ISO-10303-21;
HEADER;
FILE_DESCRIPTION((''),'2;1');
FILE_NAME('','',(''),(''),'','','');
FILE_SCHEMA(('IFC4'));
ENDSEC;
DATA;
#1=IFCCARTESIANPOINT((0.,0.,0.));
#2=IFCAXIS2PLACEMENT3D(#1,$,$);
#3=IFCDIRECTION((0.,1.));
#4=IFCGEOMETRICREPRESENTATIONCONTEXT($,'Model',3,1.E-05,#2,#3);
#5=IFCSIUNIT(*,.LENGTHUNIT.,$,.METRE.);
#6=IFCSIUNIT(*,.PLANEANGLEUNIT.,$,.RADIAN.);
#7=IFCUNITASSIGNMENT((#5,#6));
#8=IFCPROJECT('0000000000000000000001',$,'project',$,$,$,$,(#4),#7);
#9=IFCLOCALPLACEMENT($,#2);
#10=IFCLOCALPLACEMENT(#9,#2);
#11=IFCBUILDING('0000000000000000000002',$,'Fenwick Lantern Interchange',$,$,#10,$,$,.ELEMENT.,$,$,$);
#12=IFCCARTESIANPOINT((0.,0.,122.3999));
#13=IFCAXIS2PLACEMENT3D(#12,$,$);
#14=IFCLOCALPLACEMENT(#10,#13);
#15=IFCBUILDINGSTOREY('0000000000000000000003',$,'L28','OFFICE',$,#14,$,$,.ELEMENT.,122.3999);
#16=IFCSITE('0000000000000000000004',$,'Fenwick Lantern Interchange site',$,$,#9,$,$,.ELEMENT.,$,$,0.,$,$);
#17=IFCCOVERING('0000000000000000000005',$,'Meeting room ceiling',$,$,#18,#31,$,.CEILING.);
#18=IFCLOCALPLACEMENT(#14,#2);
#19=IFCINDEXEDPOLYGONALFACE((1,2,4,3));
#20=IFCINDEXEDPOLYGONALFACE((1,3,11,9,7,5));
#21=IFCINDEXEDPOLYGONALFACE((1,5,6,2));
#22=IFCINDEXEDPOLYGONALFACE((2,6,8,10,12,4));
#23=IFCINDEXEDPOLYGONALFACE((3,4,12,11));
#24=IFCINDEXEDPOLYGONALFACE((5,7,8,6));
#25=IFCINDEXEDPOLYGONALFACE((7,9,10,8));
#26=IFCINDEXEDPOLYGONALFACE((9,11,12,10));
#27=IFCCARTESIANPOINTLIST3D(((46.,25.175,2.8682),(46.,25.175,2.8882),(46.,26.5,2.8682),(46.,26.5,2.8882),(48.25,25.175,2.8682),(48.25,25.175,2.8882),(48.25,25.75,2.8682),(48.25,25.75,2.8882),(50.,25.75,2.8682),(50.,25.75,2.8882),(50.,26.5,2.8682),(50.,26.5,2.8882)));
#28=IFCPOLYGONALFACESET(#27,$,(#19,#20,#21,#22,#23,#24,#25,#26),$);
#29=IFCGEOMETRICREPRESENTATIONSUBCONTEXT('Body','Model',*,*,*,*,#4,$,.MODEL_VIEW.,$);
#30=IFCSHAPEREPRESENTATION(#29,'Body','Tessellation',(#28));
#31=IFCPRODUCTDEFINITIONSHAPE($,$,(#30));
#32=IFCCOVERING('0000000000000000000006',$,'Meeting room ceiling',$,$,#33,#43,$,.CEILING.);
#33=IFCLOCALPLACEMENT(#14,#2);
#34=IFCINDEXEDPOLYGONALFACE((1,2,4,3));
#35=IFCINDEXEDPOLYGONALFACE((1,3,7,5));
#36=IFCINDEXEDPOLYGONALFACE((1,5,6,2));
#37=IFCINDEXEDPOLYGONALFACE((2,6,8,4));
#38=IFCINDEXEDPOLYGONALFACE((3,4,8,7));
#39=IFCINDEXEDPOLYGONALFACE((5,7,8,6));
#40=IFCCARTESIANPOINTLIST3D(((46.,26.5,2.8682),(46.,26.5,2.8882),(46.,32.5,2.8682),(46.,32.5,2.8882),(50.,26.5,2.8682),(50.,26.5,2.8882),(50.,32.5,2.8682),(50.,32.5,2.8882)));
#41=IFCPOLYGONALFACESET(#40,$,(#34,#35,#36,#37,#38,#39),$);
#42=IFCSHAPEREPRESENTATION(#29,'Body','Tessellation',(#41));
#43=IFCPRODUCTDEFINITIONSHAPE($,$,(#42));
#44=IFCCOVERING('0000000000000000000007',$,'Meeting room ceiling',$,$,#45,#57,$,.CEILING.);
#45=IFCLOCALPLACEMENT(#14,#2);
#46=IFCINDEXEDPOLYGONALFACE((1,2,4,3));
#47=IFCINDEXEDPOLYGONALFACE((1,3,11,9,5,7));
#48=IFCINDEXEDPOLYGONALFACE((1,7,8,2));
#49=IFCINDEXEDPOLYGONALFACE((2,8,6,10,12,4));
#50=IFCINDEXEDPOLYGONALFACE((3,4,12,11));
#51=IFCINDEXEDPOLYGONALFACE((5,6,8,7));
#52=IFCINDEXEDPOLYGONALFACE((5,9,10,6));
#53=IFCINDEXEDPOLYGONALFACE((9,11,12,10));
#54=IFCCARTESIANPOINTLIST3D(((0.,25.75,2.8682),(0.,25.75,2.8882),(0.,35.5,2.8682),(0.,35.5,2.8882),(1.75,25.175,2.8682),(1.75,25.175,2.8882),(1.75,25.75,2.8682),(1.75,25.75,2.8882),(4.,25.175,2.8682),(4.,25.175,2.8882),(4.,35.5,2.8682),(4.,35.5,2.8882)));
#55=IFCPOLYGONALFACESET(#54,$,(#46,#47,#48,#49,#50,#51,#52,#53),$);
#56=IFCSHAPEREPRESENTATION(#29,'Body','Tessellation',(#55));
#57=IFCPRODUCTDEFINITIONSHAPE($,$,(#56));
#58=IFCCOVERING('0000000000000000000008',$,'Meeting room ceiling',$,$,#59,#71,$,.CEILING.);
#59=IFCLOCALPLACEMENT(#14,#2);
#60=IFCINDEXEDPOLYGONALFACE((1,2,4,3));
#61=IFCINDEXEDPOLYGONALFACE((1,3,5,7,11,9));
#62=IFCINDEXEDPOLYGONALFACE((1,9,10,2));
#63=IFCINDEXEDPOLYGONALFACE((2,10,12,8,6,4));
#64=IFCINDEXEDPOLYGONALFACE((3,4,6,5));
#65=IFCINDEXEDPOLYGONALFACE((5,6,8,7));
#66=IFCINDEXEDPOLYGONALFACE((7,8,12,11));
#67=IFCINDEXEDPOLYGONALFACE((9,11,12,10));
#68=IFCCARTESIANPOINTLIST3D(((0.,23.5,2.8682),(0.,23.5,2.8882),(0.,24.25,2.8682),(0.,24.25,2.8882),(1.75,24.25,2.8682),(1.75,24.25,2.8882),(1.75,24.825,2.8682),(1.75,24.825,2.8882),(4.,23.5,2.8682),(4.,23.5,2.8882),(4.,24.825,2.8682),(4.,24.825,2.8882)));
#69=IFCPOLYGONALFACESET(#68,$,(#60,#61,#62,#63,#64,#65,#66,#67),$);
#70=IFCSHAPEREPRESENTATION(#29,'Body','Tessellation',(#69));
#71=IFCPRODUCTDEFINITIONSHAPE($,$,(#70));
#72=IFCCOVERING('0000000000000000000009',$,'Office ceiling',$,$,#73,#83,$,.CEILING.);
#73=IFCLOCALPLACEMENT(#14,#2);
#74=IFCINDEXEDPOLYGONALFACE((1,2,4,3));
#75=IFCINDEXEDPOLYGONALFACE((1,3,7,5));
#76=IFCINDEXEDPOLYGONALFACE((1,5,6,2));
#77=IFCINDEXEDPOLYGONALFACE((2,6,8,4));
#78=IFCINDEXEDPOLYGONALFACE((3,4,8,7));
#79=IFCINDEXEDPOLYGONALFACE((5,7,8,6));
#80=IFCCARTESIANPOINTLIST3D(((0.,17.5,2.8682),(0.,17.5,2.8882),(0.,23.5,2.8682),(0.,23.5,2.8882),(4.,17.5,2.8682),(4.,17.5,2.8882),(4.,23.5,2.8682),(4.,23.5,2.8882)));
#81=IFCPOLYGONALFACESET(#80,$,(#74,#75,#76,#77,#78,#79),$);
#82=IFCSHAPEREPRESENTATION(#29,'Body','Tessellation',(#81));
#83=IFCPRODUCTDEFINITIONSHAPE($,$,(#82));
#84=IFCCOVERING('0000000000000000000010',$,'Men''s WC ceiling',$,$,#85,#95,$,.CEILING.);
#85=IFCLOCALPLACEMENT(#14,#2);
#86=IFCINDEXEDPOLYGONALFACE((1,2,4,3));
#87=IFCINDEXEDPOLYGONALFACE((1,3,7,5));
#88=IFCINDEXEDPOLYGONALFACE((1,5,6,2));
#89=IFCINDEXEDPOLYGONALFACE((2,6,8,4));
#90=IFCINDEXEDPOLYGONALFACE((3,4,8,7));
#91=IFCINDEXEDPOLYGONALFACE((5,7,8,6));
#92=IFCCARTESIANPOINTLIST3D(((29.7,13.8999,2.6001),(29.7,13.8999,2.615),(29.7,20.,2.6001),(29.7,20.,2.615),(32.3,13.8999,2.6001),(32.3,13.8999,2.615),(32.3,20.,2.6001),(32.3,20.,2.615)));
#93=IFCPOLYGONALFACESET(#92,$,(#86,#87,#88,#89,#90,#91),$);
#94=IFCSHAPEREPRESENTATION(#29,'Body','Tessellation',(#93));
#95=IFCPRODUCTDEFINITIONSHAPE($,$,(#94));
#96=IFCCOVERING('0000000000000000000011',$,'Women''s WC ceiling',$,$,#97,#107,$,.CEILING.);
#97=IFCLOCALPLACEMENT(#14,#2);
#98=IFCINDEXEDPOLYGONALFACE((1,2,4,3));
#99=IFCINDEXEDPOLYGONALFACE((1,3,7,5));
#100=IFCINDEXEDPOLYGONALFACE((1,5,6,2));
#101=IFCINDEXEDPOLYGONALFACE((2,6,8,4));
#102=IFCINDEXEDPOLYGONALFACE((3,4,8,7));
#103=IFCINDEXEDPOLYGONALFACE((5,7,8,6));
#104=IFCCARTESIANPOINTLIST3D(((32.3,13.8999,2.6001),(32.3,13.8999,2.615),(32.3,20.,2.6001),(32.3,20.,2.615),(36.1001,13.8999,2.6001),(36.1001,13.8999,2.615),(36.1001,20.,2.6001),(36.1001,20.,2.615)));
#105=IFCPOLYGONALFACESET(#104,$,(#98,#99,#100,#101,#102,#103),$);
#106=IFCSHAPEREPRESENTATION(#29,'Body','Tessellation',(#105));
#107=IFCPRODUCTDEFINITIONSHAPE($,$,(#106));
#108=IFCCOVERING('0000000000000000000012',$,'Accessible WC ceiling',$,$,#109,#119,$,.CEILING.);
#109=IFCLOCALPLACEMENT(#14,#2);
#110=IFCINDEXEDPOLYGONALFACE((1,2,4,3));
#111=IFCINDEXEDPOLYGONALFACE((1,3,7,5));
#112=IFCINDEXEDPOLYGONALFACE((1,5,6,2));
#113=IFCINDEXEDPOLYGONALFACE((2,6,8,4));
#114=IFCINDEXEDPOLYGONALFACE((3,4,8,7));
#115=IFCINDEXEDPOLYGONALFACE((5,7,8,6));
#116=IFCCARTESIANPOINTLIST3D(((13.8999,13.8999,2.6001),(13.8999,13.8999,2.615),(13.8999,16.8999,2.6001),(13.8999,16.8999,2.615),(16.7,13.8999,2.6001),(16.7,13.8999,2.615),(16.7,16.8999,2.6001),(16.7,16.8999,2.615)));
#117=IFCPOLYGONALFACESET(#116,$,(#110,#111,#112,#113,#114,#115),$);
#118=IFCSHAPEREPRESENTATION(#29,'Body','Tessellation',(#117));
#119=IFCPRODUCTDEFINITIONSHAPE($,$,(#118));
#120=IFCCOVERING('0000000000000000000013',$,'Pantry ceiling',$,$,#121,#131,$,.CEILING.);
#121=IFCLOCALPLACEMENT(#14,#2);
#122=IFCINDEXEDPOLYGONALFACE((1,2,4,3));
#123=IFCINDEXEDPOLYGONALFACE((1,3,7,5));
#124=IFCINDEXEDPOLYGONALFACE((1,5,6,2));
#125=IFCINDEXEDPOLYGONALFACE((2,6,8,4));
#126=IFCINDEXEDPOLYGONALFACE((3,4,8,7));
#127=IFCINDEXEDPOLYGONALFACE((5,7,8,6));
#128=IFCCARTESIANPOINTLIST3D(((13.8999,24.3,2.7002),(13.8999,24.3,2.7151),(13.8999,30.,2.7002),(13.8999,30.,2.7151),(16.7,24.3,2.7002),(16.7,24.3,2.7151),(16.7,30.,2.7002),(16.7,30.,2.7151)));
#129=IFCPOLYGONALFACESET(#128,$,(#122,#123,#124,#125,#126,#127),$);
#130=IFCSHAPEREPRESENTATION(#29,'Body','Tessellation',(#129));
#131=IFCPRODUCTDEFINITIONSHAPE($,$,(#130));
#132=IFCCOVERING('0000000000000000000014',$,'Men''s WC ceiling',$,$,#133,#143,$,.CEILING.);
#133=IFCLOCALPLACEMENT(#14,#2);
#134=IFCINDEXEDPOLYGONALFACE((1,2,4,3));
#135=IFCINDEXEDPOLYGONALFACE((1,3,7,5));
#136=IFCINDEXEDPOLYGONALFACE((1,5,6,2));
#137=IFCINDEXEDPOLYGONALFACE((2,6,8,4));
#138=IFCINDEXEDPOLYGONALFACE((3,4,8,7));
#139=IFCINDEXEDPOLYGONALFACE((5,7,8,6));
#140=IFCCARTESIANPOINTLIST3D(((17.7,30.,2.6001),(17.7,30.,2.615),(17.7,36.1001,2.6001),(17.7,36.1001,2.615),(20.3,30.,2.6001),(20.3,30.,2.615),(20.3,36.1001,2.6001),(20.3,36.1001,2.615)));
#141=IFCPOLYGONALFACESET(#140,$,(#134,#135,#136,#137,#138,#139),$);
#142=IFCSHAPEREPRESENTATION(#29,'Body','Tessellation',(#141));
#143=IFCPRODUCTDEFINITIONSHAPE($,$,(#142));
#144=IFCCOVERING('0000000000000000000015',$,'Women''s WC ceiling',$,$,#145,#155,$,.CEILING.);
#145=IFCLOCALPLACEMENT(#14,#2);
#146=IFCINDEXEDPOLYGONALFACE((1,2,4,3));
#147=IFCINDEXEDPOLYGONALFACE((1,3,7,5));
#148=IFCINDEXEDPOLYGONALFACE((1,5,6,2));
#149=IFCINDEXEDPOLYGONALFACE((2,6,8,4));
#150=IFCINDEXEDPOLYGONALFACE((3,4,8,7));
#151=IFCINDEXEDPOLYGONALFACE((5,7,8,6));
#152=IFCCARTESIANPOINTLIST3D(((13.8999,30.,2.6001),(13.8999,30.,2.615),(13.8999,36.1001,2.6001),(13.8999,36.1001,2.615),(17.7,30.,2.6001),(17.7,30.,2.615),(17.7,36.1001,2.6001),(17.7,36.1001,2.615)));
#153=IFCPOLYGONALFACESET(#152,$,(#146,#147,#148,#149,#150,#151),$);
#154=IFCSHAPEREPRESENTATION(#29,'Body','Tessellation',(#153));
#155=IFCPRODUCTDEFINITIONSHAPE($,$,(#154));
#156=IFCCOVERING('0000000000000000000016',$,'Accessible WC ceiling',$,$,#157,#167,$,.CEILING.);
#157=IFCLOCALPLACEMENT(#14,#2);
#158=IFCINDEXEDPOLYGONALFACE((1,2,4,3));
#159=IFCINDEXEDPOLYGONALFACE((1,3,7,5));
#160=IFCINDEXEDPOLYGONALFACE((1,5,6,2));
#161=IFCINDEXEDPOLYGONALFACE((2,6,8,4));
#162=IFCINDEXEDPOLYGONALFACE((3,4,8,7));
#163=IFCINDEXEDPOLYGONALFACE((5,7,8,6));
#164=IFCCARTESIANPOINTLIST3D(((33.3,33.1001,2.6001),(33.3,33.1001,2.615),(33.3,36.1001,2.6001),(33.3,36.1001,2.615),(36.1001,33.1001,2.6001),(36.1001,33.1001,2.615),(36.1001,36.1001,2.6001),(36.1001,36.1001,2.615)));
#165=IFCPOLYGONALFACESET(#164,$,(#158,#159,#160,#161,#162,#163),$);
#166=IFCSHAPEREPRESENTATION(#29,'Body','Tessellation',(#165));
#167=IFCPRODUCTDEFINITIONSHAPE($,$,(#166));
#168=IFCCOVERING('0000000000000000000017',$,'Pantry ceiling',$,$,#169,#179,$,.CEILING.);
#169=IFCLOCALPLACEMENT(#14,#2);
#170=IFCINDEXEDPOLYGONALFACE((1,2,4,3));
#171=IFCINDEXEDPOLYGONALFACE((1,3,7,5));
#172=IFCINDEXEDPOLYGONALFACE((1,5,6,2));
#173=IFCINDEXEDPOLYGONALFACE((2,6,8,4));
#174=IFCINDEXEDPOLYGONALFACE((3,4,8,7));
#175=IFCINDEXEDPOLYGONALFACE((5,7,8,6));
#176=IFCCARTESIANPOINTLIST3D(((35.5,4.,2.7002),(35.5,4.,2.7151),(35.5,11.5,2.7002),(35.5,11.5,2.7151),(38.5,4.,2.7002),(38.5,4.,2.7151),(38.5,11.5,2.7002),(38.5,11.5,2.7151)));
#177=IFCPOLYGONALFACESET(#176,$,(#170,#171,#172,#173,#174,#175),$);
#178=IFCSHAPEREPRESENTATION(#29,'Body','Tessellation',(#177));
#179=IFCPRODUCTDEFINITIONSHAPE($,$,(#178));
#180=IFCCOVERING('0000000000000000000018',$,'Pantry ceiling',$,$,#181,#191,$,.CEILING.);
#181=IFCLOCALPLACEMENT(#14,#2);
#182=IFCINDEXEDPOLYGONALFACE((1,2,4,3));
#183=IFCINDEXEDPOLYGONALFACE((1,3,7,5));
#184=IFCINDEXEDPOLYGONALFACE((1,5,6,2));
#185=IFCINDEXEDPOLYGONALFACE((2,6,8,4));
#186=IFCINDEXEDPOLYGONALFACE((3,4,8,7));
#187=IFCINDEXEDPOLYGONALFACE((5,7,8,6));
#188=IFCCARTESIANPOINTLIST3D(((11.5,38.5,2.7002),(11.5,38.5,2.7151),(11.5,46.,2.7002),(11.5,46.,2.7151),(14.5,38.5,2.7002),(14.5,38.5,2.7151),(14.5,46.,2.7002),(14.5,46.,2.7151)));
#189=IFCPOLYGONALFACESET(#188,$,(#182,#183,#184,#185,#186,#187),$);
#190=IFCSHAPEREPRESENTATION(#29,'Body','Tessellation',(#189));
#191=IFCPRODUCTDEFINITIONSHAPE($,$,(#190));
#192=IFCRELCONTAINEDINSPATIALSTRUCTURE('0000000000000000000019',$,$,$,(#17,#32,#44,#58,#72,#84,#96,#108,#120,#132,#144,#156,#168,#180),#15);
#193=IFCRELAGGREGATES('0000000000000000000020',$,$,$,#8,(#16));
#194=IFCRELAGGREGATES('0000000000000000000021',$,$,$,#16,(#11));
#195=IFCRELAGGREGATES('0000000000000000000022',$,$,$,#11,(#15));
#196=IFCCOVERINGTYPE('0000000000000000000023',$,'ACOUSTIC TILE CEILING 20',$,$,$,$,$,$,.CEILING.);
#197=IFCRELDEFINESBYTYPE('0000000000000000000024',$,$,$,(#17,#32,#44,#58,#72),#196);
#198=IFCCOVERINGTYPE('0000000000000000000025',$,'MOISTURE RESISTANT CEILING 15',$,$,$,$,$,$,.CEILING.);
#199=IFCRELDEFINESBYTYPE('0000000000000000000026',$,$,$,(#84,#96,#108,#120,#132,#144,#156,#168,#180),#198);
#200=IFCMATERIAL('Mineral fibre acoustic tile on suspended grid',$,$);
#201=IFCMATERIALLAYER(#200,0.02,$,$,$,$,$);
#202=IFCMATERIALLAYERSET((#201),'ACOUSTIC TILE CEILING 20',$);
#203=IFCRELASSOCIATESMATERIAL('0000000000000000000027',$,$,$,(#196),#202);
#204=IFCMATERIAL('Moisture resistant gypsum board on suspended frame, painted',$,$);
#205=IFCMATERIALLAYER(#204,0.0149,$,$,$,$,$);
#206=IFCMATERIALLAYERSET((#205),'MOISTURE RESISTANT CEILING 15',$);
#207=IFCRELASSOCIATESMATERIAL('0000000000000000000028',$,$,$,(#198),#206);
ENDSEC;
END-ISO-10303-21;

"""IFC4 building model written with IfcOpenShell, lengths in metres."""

from ifc_helpers import new_model, si_unit, direction, frame, origin, place, context, subcontext, project, spatial, polyline, outline, extrude, material, layer, layer_set, type_object, element, save


model = new_model("IFC4")

# Units and contexts
model_context = context("Model", 3, precision=1e-05, world=origin(), true_north=direction((0.0, 1.0)))
body_context = subcontext(model_context, "Body", "Model", "MODEL_VIEW")
ifc_project = project(units=[si_unit("LENGTHUNIT", "METRE"), si_unit("PLANEANGLEUNIT", "RADIAN")], contexts=[model_context])

# Site, building, storey
site_placement = place(None, origin())
site = spatial("IfcSite", under=ifc_project, at=site_placement, Name="Fenwick Lantern Interchange site", CompositionType="ELEMENT", RefElevation=0.0)
building_placement = place(site_placement, origin())
building = spatial("IfcBuilding", under=site, at=building_placement, Name="Fenwick Lantern Interchange", CompositionType="ELEMENT")
storey_placement = place(building_placement, frame((0.0, 0.0, 122.3999)))
storey = spatial("IfcBuildingStorey", under=building, at=storey_placement, Name="L28", Description="OFFICE", CompositionType="ELEMENT", Elevation=122.3999)

# Coverings
ifc_material_1 = material(Name="Mineral fibre acoustic tile on suspended grid")
ifc_layer_1 = layer(ifc_material_1, 0.02)
ifc_layer_set_1 = layer_set([ifc_layer_1], Name="ACOUSTIC TILE CEILING 20")
covering_type_1 = type_object("IfcCoveringType", Name="ACOUSTIC TILE CEILING 20", PredefinedType="CEILING", material=ifc_layer_set_1)
covering_1_placement = place(storey_placement, frame((0.0, 0.0, 2.8682)))
element("IfcCovering", 1, at=covering_1_placement, inside=storey, type_object=covering_type_1, Name="Meeting room ceiling", PredefinedType="CEILING", context=body_context, shape_type="SweptSolid", body=[
    extrude(outline(polyline([(46.0, 26.5), (46.0, 25.175), (48.25, 25.175), (48.25, 25.75), (50.0, 25.75), (50.0, 26.5), (46.0, 26.5)])), origin(), (0.0, 0.0, 1.0), 0.02),
])
covering_2_placement = place(storey_placement, frame((0.0, 0.0, 2.8682)))
element("IfcCovering", 2, at=covering_2_placement, inside=storey, type_object=covering_type_1, Name="Meeting room ceiling", PredefinedType="CEILING", context=body_context, shape_type="SweptSolid", body=[
    extrude(outline(polyline([(50.0, 26.5), (50.0, 32.5), (46.0, 32.5), (46.0, 26.5), (50.0, 26.5)])), origin(), (0.0, 0.0, 1.0), 0.02),
])
covering_3_placement = place(storey_placement, frame((0.0, 0.0, 2.8682)))
element("IfcCovering", 3, at=covering_3_placement, inside=storey, type_object=covering_type_1, Name="Meeting room ceiling", PredefinedType="CEILING", context=body_context, shape_type="SweptSolid", body=[
    extrude(outline(polyline([(4.0, 25.175), (4.0, 35.5), (0.0, 35.5), (0.0, 25.75), (1.75, 25.75), (1.75, 25.175), (4.0, 25.175)])), origin(), (0.0, 0.0, 1.0), 0.02),
])
covering_4_placement = place(storey_placement, frame((0.0, 0.0, 2.8682)))
element("IfcCovering", 4, at=covering_4_placement, inside=storey, type_object=covering_type_1, Name="Meeting room ceiling", PredefinedType="CEILING", context=body_context, shape_type="SweptSolid", body=[
    extrude(outline(polyline([(4.0, 23.5), (4.0, 24.825), (1.75, 24.825), (1.75, 24.25), (0.0, 24.25), (0.0, 23.5), (4.0, 23.5)])), origin(), (0.0, 0.0, 1.0), 0.02),
])
covering_5_placement = place(storey_placement, frame((0.0, 0.0, 2.8682)))
element("IfcCovering", 5, at=covering_5_placement, inside=storey, type_object=covering_type_1, Name="Office ceiling", PredefinedType="CEILING", context=body_context, shape_type="SweptSolid", body=[
    extrude(outline(polyline([(0.0, 23.5), (0.0, 17.5), (4.0, 17.5), (4.0, 23.5), (0.0, 23.5)])), origin(), (0.0, 0.0, 1.0), 0.02),
])
ifc_material_2 = material(Name="Moisture resistant gypsum board on suspended frame, painted")
ifc_layer_2 = layer(ifc_material_2, 0.0149)
ifc_layer_set_2 = layer_set([ifc_layer_2], Name="MOISTURE RESISTANT CEILING 15")
covering_type_2 = type_object("IfcCoveringType", Name="MOISTURE RESISTANT CEILING 15", PredefinedType="CEILING", material=ifc_layer_set_2)
covering_6_placement = place(storey_placement, frame((0.0, 0.0, 2.6001)))
element("IfcCovering", 6, at=covering_6_placement, inside=storey, type_object=covering_type_2, Name="Men's WC ceiling", PredefinedType="CEILING", context=body_context, shape_type="SweptSolid", body=[
    extrude(outline(polyline([(29.7, 13.8999), (32.3, 13.8999), (32.3, 20.0), (29.7, 20.0), (29.7, 13.8999)])), origin(), (0.0, 0.0, 1.0), 0.0149),
])
covering_7_placement = place(storey_placement, frame((0.0, 0.0, 2.6001)))
element("IfcCovering", 7, at=covering_7_placement, inside=storey, type_object=covering_type_2, Name="Women's WC ceiling", PredefinedType="CEILING", context=body_context, shape_type="SweptSolid", body=[
    extrude(outline(polyline([(32.3, 13.8999), (36.1001, 13.8999), (36.1001, 20.0), (32.3, 20.0), (32.3, 13.8999)])), origin(), (0.0, 0.0, 1.0), 0.0149),
])
covering_8_placement = place(storey_placement, frame((0.0, 0.0, 2.6001)))
element("IfcCovering", 8, at=covering_8_placement, inside=storey, type_object=covering_type_2, Name="Accessible WC ceiling", PredefinedType="CEILING", context=body_context, shape_type="SweptSolid", body=[
    extrude(outline(polyline([(13.8999, 13.8999), (16.7, 13.8999), (16.7, 16.8999), (13.8999, 16.8999), (13.8999, 13.8999)])), origin(), (0.0, 0.0, 1.0), 0.0149),
])
covering_9_placement = place(storey_placement, frame((0.0, 0.0, 2.7002)))
element("IfcCovering", 9, at=covering_9_placement, inside=storey, type_object=covering_type_2, Name="Pantry ceiling", PredefinedType="CEILING", context=body_context, shape_type="SweptSolid", body=[
    extrude(outline(polyline([(13.8999, 24.3), (16.7, 24.3), (16.7, 30.0), (13.8999, 30.0), (13.8999, 24.3)])), origin(), (0.0, 0.0, 1.0), 0.0149),
])
covering_10_placement = place(storey_placement, frame((0.0, 0.0, 2.6001)))
element("IfcCovering", 10, at=covering_10_placement, inside=storey, type_object=covering_type_2, Name="Men's WC ceiling", PredefinedType="CEILING", context=body_context, shape_type="SweptSolid", body=[
    extrude(outline(polyline([(20.3, 36.1001), (17.7, 36.1001), (17.7, 30.0), (20.3, 30.0), (20.3, 36.1001)])), origin(), (0.0, 0.0, 1.0), 0.0149),
])
covering_11_placement = place(storey_placement, frame((0.0, 0.0, 2.6001)))
element("IfcCovering", 11, at=covering_11_placement, inside=storey, type_object=covering_type_2, Name="Women's WC ceiling", PredefinedType="CEILING", context=body_context, shape_type="SweptSolid", body=[
    extrude(outline(polyline([(17.7, 36.1001), (13.8999, 36.1001), (13.8999, 30.0), (17.7, 30.0), (17.7, 36.1001)])), origin(), (0.0, 0.0, 1.0), 0.0149),
])
covering_12_placement = place(storey_placement, frame((0.0, 0.0, 2.6001)))
element("IfcCovering", 12, at=covering_12_placement, inside=storey, type_object=covering_type_2, Name="Accessible WC ceiling", PredefinedType="CEILING", context=body_context, shape_type="SweptSolid", body=[
    extrude(outline(polyline([(36.1001, 36.1001), (33.3, 36.1001), (33.3, 33.1001), (36.1001, 33.1001), (36.1001, 36.1001)])), origin(), (0.0, 0.0, 1.0), 0.0149),
])
covering_13_placement = place(storey_placement, frame((0.0, 0.0, 2.7002)))
element("IfcCovering", 13, at=covering_13_placement, inside=storey, type_object=covering_type_2, Name="Pantry ceiling", PredefinedType="CEILING", context=body_context, shape_type="SweptSolid", body=[
    extrude(outline(polyline([(35.5, 4.0), (38.5, 4.0), (38.5, 11.5), (35.5, 11.5), (35.5, 4.0)])), origin(), (0.0, 0.0, 1.0), 0.0149),
])
covering_14_placement = place(storey_placement, frame((0.0, 0.0, 2.7002)))
element("IfcCovering", 14, at=covering_14_placement, inside=storey, type_object=covering_type_2, Name="Pantry ceiling", PredefinedType="CEILING", context=body_context, shape_type="SweptSolid", body=[
    extrude(outline(polyline([(14.5, 46.0), (11.5, 46.0), (11.5, 38.5), (14.5, 38.5), (14.5, 46.0)])), origin(), (0.0, 0.0, 1.0), 0.0149),
])

save(model, "model.ifc")
